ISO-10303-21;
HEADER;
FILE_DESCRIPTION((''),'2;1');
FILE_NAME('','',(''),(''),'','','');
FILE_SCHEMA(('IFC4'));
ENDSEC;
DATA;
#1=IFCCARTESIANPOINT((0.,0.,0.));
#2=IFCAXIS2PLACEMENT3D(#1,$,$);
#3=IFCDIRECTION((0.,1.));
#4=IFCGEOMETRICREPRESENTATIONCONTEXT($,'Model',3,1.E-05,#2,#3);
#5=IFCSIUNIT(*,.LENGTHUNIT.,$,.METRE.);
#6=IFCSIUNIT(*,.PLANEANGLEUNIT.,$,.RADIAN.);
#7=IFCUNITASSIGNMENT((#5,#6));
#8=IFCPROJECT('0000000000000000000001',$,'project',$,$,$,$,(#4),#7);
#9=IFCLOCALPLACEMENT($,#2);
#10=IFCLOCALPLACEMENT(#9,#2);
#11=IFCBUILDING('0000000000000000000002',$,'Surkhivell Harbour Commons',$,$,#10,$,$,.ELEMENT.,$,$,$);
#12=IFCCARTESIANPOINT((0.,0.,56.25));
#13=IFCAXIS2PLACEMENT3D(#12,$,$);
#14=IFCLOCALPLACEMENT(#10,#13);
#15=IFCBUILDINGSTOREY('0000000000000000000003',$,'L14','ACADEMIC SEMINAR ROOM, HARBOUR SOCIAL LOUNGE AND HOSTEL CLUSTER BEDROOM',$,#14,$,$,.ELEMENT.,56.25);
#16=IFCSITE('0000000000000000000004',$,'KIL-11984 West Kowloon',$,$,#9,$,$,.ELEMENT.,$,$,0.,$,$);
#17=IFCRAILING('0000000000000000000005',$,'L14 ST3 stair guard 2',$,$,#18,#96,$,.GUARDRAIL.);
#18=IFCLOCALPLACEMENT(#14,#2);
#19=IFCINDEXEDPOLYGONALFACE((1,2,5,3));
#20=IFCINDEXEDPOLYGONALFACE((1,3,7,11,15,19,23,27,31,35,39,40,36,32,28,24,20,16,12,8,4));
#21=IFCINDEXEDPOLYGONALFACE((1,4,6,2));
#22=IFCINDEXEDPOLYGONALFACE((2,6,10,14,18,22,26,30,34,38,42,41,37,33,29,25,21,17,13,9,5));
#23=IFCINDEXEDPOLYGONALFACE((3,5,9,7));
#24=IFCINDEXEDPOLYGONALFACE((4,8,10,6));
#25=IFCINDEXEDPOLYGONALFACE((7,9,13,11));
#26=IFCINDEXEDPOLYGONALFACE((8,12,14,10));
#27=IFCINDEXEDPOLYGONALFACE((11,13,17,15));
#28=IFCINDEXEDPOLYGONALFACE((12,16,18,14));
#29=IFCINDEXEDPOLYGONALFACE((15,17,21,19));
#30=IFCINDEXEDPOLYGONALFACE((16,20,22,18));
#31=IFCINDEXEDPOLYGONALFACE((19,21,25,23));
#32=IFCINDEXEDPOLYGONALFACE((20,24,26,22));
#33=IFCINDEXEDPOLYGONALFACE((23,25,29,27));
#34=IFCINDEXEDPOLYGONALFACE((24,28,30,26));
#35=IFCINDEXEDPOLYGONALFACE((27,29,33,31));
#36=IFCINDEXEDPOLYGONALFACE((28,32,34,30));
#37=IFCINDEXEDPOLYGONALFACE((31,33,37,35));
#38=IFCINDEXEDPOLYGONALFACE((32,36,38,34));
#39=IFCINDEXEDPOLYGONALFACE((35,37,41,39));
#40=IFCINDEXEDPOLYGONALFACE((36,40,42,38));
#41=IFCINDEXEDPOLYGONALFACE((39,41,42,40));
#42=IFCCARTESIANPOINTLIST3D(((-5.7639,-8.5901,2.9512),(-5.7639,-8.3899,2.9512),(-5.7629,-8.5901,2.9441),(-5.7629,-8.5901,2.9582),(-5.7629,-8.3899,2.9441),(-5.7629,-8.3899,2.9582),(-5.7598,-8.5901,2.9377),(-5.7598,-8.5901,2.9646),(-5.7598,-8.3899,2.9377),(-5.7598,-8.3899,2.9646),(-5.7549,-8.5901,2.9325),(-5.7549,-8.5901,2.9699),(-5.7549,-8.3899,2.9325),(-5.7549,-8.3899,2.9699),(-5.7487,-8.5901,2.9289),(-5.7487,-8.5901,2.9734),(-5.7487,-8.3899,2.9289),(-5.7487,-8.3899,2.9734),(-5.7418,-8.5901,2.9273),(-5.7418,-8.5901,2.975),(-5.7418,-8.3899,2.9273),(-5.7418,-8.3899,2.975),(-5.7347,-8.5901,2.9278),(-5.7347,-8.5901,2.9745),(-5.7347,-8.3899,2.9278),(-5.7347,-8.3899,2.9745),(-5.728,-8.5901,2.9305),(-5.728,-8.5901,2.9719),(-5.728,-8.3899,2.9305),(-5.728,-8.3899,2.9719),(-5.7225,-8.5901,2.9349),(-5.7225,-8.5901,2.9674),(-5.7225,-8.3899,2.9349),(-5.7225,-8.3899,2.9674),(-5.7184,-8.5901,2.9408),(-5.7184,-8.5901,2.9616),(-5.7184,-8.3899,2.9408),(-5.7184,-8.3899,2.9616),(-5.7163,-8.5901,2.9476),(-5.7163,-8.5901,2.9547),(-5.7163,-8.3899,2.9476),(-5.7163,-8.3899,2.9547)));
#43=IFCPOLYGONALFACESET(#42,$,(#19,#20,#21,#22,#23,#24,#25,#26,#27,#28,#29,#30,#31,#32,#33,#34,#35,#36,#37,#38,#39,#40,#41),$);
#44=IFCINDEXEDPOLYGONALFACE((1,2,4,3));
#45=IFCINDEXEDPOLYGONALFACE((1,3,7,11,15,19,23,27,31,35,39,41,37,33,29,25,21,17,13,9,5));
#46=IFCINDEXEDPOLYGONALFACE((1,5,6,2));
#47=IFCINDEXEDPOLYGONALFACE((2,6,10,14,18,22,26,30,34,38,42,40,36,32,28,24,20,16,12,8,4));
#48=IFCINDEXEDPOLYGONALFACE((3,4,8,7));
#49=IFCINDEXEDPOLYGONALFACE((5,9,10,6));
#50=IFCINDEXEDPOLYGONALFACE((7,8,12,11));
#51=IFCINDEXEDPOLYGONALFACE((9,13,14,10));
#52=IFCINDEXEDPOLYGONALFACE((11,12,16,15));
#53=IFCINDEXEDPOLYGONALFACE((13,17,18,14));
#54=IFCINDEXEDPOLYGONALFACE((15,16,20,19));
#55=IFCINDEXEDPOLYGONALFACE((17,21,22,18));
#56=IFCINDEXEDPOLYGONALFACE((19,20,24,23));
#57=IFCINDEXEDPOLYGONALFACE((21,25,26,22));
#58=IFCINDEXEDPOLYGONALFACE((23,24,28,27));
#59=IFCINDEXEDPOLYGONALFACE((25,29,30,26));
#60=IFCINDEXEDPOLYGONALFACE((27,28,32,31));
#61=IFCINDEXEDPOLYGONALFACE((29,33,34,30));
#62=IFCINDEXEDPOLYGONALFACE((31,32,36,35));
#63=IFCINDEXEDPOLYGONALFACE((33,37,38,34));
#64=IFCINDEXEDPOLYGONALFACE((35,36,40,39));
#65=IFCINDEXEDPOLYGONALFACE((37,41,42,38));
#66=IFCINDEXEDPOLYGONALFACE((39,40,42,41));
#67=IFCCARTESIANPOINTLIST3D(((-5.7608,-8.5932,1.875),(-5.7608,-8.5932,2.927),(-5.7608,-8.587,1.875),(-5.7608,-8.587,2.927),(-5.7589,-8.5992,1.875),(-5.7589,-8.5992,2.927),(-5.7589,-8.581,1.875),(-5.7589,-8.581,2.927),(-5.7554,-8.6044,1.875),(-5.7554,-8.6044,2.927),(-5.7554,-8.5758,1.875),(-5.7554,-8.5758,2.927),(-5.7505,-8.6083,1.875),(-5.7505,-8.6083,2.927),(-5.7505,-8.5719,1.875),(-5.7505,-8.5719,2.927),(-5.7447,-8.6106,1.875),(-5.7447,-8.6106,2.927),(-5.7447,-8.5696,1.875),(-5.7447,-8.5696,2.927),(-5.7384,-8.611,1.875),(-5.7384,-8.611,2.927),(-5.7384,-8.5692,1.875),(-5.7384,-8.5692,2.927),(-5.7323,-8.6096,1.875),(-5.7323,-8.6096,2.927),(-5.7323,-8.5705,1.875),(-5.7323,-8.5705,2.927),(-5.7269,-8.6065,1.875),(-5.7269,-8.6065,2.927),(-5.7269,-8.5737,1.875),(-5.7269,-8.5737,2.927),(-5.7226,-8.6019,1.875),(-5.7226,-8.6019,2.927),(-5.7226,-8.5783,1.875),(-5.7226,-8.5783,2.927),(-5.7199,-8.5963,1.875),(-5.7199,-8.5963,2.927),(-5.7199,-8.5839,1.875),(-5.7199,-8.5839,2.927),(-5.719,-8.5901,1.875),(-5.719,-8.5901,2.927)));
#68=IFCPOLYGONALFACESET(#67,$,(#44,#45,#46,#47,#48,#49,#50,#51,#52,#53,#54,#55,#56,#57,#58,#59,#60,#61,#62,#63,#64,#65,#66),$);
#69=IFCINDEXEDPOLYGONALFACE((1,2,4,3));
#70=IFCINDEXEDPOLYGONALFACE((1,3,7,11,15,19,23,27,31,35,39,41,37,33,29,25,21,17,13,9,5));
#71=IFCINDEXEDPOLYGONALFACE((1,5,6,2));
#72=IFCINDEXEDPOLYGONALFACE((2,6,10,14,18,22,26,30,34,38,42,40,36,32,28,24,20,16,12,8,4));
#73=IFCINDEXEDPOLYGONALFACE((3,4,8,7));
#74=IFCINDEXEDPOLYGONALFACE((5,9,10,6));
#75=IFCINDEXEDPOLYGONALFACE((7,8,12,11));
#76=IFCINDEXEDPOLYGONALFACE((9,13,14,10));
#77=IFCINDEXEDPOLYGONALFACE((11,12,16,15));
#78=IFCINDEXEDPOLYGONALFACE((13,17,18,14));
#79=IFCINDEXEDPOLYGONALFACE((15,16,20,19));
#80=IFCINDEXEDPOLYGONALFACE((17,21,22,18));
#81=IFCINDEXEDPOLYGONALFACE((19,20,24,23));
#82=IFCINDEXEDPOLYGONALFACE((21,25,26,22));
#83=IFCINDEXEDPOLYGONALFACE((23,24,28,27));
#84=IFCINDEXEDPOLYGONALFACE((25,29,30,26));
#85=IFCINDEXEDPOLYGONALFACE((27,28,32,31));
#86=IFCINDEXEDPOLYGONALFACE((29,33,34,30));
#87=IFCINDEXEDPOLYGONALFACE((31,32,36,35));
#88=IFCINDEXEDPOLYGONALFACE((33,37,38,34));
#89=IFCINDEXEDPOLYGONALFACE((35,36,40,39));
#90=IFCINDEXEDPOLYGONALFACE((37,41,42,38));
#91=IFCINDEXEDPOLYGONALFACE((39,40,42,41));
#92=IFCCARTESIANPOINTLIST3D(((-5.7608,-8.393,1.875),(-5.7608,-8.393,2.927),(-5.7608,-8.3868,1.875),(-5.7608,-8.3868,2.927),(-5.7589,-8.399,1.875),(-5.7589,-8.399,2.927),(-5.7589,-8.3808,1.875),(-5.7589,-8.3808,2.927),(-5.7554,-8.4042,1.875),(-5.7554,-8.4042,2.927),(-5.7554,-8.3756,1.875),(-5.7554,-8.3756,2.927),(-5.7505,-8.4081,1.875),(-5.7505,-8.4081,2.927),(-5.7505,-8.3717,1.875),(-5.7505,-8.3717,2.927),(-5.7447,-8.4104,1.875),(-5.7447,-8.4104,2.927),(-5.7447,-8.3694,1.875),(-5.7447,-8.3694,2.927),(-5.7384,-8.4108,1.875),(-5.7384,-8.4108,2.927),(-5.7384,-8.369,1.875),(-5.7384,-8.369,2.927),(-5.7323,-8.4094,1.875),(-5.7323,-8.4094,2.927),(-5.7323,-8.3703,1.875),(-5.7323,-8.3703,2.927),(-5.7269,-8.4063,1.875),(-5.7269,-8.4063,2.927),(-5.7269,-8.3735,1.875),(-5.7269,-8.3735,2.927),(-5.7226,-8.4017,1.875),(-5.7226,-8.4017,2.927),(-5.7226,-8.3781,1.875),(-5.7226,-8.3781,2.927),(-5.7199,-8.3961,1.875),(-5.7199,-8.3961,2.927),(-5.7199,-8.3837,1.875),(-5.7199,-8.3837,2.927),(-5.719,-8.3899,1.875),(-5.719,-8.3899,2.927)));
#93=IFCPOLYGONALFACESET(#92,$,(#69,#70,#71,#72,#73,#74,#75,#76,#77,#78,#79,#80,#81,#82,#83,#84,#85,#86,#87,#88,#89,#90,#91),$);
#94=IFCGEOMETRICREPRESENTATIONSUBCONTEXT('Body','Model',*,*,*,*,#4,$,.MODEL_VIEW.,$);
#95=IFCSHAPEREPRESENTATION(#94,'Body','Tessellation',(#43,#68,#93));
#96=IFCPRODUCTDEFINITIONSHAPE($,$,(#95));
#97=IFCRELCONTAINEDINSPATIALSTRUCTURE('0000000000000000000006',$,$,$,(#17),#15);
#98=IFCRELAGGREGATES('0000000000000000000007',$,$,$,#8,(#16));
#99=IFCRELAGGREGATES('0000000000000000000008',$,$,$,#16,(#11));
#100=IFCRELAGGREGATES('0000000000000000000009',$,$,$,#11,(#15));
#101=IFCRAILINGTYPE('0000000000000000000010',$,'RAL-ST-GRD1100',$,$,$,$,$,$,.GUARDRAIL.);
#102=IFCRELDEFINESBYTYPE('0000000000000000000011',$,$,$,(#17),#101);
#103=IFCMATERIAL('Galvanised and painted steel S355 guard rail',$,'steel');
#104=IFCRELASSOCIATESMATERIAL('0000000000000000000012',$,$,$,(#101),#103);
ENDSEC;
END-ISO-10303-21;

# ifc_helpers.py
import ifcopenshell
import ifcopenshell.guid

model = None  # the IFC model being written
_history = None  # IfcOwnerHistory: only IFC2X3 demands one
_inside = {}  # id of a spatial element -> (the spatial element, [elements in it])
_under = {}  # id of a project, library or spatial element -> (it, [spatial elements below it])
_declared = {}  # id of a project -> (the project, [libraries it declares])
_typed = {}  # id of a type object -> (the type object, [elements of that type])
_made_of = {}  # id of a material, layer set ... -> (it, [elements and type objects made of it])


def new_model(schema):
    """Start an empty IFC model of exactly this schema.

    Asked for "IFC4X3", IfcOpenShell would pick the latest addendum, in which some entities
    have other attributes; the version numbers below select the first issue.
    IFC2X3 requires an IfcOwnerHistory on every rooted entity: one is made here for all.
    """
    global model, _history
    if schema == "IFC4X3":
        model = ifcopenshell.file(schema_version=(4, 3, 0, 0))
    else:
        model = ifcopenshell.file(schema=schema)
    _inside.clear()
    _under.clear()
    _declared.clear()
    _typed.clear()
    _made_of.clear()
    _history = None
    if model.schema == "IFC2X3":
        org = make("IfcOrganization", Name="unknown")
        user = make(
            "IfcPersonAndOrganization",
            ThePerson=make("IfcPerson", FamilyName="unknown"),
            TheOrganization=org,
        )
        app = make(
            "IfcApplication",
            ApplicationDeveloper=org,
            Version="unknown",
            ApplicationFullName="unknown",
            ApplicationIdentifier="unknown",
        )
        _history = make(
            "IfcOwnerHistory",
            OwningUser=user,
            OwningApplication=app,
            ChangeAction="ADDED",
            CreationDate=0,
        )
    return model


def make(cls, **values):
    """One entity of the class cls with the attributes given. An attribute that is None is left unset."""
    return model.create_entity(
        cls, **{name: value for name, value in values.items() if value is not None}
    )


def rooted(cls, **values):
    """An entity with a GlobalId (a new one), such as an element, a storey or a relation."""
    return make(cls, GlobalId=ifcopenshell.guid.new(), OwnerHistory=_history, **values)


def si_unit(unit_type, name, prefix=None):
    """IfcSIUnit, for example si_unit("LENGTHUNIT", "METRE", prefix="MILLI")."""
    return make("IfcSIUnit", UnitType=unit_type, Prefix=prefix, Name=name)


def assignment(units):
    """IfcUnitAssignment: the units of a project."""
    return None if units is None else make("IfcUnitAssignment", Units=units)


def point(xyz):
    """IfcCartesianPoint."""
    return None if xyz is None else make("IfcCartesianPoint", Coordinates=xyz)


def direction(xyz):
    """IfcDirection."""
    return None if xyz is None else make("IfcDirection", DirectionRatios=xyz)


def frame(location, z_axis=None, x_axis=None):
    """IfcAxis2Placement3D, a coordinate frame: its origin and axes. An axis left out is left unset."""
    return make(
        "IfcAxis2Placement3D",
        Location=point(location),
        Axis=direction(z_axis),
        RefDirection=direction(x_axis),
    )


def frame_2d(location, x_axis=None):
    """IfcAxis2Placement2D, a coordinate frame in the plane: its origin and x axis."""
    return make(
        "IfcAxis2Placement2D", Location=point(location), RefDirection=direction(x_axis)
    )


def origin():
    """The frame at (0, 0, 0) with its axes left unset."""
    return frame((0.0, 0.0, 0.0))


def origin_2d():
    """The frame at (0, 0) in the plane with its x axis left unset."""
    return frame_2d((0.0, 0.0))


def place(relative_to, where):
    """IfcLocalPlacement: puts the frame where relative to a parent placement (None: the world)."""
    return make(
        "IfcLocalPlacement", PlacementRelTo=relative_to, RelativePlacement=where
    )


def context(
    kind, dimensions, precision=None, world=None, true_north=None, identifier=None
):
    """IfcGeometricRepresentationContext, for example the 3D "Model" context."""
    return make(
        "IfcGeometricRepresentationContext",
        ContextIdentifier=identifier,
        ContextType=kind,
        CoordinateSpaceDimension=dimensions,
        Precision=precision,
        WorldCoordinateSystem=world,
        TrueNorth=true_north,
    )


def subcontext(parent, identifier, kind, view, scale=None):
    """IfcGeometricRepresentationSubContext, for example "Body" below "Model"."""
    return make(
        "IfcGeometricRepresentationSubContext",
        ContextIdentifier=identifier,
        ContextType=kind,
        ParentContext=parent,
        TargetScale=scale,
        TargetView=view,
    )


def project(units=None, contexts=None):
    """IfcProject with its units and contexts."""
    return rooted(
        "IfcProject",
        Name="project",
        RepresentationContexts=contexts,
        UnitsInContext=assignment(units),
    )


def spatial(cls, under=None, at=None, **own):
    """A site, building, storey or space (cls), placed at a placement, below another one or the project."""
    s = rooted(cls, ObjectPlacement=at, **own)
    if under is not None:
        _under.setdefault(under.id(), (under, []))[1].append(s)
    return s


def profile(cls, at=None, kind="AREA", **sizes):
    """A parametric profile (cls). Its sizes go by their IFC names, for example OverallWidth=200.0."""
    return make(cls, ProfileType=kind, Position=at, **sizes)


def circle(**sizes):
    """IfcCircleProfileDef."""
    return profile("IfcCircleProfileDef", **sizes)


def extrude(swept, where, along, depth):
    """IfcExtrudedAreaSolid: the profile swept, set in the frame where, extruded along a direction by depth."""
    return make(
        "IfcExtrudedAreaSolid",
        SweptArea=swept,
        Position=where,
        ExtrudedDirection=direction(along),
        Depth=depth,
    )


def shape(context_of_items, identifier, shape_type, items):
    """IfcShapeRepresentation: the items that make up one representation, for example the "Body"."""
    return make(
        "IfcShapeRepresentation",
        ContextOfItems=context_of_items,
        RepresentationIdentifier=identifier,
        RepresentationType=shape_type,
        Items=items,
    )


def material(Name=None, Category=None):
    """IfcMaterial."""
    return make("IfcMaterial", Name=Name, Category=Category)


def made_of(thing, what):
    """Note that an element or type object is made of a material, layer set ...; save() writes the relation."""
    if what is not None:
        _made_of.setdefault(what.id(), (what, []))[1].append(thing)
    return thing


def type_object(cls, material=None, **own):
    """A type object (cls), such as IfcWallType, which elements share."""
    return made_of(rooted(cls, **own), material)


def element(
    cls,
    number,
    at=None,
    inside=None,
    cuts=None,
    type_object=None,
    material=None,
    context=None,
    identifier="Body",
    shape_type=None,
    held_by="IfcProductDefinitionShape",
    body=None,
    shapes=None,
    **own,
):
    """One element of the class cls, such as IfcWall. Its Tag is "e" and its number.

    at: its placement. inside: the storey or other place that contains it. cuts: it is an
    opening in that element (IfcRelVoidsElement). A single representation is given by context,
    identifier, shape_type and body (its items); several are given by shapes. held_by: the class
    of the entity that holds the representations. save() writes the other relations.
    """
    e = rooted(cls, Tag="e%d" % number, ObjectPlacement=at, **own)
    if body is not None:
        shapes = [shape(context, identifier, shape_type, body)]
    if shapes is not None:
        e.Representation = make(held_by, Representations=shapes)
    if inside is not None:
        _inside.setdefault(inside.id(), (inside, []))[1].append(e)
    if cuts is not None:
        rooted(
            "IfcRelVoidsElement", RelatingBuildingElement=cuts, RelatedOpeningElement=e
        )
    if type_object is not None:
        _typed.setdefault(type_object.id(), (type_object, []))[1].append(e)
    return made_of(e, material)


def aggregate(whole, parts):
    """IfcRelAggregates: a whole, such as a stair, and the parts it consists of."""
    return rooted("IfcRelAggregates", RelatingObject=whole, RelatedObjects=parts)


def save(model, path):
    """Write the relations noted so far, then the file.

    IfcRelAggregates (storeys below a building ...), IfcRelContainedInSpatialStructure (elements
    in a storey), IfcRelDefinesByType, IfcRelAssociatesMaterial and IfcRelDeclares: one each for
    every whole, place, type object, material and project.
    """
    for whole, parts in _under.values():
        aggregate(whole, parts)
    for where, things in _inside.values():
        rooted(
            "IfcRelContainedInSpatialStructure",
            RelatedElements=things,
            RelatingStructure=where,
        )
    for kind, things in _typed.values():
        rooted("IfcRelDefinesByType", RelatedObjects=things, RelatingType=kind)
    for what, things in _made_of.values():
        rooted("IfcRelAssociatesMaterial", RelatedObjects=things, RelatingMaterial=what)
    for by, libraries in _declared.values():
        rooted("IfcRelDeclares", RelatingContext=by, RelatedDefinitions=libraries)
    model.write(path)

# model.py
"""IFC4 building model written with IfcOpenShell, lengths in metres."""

from ifc_helpers import new_model, si_unit, direction, frame, origin, origin_2d, place, context, subcontext, project, spatial, circle, extrude, material, type_object, element, save


model = new_model("IFC4")

# Units and contexts
model_context = context("Model", 3, precision=1e-05, world=origin(), true_north=direction((0.0, 1.0)))
body_context = subcontext(model_context, "Body", "Model", "MODEL_VIEW")
ifc_project = project(units=[si_unit("LENGTHUNIT", "METRE"), si_unit("PLANEANGLEUNIT", "RADIAN")], contexts=[model_context])

# Site, building, storey
site_placement = place(None, origin())
site = spatial("IfcSite", under=ifc_project, at=site_placement, Name="KIL-11984 West Kowloon", CompositionType="ELEMENT", RefElevation=0.0)
building_placement = place(site_placement, origin())
building = spatial("IfcBuilding", under=site, at=building_placement, Name="Surkhivell Harbour Commons", CompositionType="ELEMENT")
storey_placement = place(building_placement, frame((0.0, 0.0, 56.25)))
storey = spatial("IfcBuildingStorey", under=building, at=storey_placement, Name="L14", Description="ACADEMIC SEMINAR ROOM, HARBOUR SOCIAL LOUNGE AND HOSTEL CLUSTER BEDROOM", CompositionType="ELEMENT", Elevation=56.25)

# Railing
ifc_material_1 = material(Name="Galvanised and painted steel S355 guard rail", Category="steel")
railing_type_1 = type_object("IfcRailingType", Name="RAL-ST-GRD1100", PredefinedType="GUARDRAIL", material=ifc_material_1)
railing_1_placement = place(storey_placement, frame((-5.74, -8.5901, 1.875)))
element("IfcRailing", 1, at=railing_1_placement, inside=storey, type_object=railing_type_1, Name="L14 ST3 stair guard 2", PredefinedType="GUARDRAIL", context=body_context, shape_type="SweptSolid", body=[
    extrude(circle(Radius=0.0239, at=origin_2d()), frame((0.0, 0.0, 1.0762), z_axis=(0.0, 1.0, 0.0), x_axis=(-1.0, 0.0, 0.0)), (0.0, 0.0, 1.0), 0.2002),
    extrude(circle(Radius=0.021, at=origin_2d()), origin(), (0.0, 0.0, 1.0), 1.052),
    extrude(circle(Radius=0.021, at=origin_2d()), frame((0.0, 0.2002, 0.0)), (0.0, 0.0, 1.0), 1.052),
])

save(model, "model.ifc")
